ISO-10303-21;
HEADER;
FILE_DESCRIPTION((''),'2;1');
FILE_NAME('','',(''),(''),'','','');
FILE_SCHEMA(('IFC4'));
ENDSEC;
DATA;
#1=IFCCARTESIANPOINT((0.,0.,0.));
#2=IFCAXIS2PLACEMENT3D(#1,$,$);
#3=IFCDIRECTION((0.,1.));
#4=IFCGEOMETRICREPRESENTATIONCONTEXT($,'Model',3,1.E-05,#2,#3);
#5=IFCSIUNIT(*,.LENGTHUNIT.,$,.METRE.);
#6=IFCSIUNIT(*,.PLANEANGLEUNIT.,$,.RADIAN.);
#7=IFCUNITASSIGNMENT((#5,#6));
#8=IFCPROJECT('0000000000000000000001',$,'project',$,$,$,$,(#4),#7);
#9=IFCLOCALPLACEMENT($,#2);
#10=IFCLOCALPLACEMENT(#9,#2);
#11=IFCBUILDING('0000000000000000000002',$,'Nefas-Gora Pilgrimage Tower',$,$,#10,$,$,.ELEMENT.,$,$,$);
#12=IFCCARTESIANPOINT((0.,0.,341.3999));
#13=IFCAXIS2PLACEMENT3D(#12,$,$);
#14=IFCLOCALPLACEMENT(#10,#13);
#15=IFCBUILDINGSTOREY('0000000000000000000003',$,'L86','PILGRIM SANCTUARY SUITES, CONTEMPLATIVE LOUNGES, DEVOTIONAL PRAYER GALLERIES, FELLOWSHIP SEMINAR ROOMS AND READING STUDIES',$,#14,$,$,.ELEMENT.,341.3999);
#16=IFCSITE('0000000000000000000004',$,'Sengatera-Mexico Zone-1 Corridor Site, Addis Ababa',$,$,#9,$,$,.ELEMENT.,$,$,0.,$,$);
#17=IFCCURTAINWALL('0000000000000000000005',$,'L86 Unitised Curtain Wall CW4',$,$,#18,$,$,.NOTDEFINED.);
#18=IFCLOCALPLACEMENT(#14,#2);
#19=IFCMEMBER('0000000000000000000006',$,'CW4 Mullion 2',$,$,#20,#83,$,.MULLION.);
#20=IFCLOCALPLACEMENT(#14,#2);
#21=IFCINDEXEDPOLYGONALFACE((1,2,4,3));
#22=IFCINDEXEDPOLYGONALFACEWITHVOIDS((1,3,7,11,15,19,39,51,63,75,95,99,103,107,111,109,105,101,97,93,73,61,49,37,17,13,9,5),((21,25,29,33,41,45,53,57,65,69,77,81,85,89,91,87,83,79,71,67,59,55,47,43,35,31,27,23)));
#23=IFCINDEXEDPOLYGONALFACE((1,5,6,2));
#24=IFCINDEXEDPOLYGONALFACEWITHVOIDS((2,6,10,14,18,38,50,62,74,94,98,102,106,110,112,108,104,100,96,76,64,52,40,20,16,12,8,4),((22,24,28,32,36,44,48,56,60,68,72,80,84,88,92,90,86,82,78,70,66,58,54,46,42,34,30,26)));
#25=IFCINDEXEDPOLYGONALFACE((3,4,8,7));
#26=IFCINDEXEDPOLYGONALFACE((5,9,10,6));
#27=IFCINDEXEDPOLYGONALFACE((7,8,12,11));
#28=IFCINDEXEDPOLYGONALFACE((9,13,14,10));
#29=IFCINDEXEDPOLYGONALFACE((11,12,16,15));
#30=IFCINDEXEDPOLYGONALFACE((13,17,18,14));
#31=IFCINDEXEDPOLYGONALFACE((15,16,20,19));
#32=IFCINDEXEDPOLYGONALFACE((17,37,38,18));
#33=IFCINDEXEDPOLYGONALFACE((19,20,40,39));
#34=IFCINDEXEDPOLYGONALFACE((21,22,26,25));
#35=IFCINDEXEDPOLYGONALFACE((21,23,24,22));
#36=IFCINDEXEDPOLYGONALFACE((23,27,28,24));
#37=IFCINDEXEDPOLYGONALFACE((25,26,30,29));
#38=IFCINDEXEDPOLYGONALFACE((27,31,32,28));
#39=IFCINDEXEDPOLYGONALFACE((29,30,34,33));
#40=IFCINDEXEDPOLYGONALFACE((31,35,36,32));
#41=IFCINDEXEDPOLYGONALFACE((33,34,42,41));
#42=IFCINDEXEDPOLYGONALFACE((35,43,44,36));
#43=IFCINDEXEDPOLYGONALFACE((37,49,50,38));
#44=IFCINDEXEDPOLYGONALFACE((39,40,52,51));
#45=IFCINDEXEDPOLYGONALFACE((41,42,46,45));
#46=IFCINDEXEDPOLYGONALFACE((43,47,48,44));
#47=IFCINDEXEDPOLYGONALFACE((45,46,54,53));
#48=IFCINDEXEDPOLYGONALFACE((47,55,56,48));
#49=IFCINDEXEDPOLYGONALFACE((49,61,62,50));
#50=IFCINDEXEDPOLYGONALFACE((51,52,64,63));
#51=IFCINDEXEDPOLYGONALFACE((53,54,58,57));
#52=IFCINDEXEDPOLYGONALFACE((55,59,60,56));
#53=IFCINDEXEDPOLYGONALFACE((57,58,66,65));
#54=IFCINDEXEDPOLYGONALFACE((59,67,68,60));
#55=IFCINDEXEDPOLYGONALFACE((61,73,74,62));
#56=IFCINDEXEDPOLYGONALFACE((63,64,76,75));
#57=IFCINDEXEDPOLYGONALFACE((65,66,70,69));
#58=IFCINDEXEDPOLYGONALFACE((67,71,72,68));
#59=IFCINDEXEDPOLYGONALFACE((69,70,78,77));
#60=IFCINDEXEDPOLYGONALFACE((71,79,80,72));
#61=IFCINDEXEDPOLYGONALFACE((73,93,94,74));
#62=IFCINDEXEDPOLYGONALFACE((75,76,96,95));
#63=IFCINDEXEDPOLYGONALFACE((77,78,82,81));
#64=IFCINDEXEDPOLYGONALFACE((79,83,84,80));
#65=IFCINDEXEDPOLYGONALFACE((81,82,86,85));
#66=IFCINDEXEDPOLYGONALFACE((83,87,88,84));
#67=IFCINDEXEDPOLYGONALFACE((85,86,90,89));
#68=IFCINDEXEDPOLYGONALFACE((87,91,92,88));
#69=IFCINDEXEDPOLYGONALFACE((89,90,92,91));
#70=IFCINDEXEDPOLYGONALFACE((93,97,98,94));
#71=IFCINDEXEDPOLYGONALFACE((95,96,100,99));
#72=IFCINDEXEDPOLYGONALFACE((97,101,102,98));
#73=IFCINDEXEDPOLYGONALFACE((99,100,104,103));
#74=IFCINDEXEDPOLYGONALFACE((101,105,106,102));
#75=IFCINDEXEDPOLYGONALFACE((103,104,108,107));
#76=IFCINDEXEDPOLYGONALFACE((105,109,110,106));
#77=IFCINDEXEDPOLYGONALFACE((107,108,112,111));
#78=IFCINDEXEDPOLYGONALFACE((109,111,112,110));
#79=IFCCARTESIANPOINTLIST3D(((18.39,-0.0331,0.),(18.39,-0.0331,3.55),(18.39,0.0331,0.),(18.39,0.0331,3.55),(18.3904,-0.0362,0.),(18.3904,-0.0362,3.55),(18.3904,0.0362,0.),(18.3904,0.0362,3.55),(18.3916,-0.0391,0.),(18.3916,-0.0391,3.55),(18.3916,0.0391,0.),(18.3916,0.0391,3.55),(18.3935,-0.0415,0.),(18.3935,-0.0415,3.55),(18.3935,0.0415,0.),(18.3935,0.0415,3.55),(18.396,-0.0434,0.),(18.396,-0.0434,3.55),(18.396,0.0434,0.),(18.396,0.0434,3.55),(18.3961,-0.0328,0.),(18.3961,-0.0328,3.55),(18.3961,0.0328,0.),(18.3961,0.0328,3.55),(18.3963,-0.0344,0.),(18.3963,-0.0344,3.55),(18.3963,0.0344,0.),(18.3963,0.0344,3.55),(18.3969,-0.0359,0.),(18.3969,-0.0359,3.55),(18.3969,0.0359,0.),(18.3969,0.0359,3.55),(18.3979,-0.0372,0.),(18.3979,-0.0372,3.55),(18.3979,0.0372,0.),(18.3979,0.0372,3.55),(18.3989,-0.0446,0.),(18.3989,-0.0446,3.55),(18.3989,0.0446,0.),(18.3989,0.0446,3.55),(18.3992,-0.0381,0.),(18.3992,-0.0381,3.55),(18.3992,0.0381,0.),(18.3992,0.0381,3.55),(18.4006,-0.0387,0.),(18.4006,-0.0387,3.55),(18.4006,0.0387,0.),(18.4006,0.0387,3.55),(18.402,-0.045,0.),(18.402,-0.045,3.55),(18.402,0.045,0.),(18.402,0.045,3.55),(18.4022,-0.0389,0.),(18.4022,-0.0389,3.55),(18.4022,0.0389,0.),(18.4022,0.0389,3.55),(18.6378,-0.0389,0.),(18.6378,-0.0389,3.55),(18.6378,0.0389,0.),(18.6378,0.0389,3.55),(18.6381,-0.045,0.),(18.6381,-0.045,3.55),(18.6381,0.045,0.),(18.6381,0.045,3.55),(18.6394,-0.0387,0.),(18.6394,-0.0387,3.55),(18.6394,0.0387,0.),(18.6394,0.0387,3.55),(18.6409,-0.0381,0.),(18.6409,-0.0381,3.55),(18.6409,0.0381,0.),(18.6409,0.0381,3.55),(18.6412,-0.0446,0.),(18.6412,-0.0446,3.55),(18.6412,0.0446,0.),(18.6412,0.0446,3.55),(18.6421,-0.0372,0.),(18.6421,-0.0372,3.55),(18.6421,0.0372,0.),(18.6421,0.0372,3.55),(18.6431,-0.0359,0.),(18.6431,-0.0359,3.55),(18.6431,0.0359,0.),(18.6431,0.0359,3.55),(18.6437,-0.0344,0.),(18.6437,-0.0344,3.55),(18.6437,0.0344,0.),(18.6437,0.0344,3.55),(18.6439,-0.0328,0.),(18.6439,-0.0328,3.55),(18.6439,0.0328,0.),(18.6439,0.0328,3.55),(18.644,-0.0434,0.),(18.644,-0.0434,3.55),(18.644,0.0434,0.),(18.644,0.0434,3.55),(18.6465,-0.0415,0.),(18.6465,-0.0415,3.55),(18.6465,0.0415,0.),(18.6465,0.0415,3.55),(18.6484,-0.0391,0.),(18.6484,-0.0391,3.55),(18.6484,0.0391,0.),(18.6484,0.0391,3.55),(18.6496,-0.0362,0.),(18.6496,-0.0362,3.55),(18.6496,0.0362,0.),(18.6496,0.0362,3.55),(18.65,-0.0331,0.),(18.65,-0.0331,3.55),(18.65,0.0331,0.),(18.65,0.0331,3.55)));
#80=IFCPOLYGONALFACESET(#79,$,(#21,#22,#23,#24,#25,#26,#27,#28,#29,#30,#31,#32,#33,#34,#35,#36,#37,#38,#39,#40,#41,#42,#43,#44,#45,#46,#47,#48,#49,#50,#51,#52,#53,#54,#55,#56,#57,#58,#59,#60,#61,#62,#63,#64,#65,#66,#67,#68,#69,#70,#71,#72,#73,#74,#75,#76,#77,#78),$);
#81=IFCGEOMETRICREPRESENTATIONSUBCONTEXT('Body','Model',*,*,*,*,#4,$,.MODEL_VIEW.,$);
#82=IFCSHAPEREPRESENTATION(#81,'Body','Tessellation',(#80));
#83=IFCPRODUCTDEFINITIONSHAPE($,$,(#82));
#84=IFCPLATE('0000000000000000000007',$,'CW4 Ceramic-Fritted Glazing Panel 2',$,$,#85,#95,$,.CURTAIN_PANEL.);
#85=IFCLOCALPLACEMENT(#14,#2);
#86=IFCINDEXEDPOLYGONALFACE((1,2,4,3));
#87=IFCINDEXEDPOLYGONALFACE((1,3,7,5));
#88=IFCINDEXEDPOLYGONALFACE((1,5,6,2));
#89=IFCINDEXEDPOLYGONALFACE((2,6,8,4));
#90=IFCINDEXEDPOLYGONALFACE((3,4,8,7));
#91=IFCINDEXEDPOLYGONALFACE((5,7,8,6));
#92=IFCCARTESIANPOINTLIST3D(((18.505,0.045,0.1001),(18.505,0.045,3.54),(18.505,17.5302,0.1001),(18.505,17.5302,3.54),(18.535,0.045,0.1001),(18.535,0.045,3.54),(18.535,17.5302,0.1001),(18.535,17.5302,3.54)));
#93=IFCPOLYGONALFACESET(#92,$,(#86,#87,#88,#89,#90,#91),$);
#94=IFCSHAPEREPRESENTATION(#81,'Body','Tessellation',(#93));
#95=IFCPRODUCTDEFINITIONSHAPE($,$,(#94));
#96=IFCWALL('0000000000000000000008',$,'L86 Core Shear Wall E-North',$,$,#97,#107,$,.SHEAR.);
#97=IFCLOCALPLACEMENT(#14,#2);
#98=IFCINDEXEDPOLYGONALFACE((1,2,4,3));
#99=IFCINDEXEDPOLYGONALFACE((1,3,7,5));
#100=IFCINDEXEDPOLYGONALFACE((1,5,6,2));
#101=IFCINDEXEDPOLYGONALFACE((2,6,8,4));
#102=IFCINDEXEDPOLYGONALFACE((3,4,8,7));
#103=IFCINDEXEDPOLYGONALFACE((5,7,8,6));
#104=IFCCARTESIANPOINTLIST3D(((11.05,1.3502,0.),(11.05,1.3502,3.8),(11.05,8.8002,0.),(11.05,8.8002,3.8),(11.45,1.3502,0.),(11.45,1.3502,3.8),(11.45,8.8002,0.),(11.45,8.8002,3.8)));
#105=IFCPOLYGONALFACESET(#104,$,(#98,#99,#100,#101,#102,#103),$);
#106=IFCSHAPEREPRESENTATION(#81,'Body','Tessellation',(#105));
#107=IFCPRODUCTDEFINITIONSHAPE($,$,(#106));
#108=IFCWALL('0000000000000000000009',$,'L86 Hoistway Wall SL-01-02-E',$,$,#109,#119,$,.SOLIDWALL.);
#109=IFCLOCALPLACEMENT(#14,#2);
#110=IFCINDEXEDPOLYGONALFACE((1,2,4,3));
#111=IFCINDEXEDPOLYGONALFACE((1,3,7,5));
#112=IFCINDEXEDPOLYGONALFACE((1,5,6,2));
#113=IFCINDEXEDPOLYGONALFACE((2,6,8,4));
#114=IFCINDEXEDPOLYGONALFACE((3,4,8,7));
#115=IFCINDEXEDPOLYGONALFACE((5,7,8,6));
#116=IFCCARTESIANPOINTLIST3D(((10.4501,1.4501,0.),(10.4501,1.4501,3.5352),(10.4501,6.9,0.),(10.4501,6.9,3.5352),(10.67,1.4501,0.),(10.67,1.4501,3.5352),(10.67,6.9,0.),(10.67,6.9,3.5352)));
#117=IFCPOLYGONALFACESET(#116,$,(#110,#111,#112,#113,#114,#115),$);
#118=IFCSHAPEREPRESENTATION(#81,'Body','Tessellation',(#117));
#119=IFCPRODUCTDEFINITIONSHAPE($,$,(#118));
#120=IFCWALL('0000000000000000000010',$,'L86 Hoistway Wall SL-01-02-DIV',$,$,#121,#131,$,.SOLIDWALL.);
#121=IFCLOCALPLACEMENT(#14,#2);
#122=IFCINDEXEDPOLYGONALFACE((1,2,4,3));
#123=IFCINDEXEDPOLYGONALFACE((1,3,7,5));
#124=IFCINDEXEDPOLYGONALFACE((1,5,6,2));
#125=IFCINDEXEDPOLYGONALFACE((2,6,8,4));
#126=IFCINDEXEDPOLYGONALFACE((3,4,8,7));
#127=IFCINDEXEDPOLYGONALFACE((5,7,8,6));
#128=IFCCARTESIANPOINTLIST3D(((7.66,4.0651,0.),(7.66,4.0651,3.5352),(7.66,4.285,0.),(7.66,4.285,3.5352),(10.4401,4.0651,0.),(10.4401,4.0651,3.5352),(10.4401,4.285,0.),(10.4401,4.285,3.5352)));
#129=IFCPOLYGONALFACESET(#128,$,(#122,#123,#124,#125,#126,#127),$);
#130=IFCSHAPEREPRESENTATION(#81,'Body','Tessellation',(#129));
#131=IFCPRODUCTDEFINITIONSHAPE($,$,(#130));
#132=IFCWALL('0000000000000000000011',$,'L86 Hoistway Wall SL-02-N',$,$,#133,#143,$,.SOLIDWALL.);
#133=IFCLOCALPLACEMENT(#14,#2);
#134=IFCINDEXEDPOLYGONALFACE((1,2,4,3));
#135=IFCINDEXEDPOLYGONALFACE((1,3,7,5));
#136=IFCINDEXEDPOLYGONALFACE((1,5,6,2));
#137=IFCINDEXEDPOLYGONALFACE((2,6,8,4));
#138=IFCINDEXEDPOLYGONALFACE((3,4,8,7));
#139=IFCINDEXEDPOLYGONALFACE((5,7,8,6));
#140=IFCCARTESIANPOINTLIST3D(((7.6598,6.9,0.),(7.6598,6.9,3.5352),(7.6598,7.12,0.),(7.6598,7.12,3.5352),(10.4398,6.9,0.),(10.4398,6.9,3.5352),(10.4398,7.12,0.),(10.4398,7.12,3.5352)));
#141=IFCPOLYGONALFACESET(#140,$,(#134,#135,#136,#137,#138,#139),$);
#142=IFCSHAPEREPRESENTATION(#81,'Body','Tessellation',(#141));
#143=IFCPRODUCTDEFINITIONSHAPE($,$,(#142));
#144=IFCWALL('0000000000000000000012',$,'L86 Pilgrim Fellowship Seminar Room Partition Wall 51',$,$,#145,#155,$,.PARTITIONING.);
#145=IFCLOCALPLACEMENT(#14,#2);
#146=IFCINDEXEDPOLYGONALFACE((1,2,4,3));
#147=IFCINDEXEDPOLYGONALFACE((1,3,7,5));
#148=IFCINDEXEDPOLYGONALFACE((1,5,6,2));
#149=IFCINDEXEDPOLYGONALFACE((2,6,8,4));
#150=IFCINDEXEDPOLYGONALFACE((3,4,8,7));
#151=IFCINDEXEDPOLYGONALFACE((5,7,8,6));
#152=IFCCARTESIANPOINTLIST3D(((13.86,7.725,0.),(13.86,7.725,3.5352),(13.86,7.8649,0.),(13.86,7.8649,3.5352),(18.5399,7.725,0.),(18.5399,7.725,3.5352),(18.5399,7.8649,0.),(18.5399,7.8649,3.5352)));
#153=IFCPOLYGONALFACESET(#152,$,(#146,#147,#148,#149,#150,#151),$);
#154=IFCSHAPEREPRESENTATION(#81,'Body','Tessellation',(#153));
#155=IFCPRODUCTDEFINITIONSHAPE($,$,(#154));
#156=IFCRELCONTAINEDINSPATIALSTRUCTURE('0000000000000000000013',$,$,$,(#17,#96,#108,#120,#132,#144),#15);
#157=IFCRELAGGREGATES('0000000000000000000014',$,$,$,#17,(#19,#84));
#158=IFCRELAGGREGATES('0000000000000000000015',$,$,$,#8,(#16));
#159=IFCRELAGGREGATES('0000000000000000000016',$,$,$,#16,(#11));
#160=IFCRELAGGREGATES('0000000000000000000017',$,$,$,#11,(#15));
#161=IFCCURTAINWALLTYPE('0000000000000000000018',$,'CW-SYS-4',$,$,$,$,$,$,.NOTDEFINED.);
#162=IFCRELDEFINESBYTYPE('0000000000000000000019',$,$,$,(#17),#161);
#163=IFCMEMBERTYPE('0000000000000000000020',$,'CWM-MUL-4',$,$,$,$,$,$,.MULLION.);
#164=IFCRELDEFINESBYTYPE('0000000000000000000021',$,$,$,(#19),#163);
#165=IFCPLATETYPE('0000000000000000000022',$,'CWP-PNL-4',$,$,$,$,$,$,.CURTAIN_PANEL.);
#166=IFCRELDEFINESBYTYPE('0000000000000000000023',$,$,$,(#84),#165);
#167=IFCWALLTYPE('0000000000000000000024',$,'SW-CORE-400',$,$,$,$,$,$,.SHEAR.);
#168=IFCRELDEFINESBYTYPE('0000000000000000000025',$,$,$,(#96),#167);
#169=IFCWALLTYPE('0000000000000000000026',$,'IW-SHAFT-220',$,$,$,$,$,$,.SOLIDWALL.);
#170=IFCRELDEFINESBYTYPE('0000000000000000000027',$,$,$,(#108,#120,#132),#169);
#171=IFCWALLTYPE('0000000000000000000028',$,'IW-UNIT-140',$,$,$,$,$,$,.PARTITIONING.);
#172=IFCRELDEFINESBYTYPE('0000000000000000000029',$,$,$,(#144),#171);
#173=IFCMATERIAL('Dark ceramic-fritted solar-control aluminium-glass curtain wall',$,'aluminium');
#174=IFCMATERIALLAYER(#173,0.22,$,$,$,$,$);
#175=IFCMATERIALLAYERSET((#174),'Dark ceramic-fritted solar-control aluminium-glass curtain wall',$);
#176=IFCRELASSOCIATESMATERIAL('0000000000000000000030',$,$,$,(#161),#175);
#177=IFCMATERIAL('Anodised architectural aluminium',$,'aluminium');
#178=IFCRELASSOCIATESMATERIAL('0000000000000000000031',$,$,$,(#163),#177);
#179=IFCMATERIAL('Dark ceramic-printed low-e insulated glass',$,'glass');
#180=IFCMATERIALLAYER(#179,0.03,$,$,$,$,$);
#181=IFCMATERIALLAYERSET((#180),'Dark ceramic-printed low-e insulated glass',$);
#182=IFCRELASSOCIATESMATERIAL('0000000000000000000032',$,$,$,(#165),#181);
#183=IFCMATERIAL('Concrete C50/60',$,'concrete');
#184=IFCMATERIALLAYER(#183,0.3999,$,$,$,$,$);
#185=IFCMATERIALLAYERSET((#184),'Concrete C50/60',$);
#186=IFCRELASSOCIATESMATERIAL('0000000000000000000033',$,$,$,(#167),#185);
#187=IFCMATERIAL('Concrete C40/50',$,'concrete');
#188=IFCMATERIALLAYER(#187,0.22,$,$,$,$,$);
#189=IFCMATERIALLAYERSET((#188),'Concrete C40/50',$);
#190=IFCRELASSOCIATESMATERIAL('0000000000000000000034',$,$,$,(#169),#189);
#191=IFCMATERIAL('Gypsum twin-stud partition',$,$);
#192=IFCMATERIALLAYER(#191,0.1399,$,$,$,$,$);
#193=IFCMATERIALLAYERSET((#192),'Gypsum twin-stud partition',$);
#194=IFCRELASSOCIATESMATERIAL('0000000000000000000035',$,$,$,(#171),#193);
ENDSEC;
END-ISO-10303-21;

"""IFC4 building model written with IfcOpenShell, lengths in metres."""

from ifc_helpers import new_model, si_unit, direction, frame, frame_2d, origin, origin_2d, place, context, subcontext, project, spatial, rectangle, hollow_rectangle, extrude, source, transform, mapped, material, layer, layer_set, material_profile, profile_set, type_object, element, aggregate, save


model = new_model("IFC4")

# Units and contexts
model_context = context("Model", 3, precision=1e-05, world=origin(), true_north=direction((0.0, 1.0)))
body_context = subcontext(model_context, "Body", "Model", "MODEL_VIEW")
ifc_project = project(units=[si_unit("LENGTHUNIT", "METRE"), si_unit("PLANEANGLEUNIT", "RADIAN")], contexts=[model_context])

# Site, building, storey
site_placement = place(None, origin())
site = spatial("IfcSite", under=ifc_project, at=site_placement, Name="Sengatera-Mexico Zone-1 Corridor Site, Addis Ababa", CompositionType="ELEMENT", RefElevation=0.0)
building_placement = place(site_placement, origin())
building = spatial("IfcBuilding", under=site, at=building_placement, Name="Nefas-Gora Pilgrimage Tower", CompositionType="ELEMENT")
storey_placement = place(building_placement, frame((0.0, 0.0, 341.3999)))
storey = spatial("IfcBuildingStorey", under=building, at=storey_placement, Name="L86", Description="PILGRIM SANCTUARY SUITES, CONTEMPLATIVE LOUNGES, DEVOTIONAL PRAYER GALLERIES, FELLOWSHIP SEMINAR ROOMS AND READING STUDIES", CompositionType="ELEMENT", Elevation=341.3999)

# Shared definitions
ifc_material_1 = material(Name="Concrete C50/60", Category="concrete")

# Curtain wall, member, plate
ifc_material_2 = material(Name="Dark ceramic-fritted solar-control aluminium-glass curtain wall", Category="aluminium")
ifc_layer_1 = layer(ifc_material_2, 0.22)
ifc_layer_set_1 = layer_set([ifc_layer_1], Name="Dark ceramic-fritted solar-control aluminium-glass curtain wall")
curtain_wall_type = type_object("IfcCurtainWallType", Name="CW-SYS-4", PredefinedType="NOTDEFINED", material=ifc_layer_set_1)
curtain_wall_placement = place(storey_placement, origin())
curtain_wall = element("IfcCurtainWall", 1, at=curtain_wall_placement, inside=storey, type_object=curtain_wall_type, Name="L86 Unitised Curtain Wall CW4", PredefinedType="NOTDEFINED")
ifc_material_3 = material(Name="Anodised architectural aluminium", Category="aluminium")
ifc_material_profile_1 = material_profile(ifc_material_3, hollow_rectangle(XDim=0.0901, YDim=0.26, WallThickness=0.0061, InnerFilletRadius=0.0061, OuterFilletRadius=0.012, at=origin_2d()), Name="ALU MULLION 90x260")
ifc_profile_set_1 = profile_set([ifc_material_profile_1], Name="Anodised architectural aluminium")
member_type = type_object("IfcMemberType", Name="CWM-MUL-4", PredefinedType="MULLION", material=ifc_profile_set_1)
shared_shape_1 = source(origin(), body_context, "Body", "SweptSolid", [
    extrude(hollow_rectangle(XDim=0.0901, YDim=0.26, WallThickness=0.0061, InnerFilletRadius=0.0061, OuterFilletRadius=0.012, at=origin_2d()), origin(), (0.0, 0.0, 1.0), 3.55),
])
member_placement = place(storey_placement, frame((18.52, 0.0, 0.0), z_axis=(0.0, 0.0, 1.0), x_axis=(0.0, 1.0, 0.0)))
member = element("IfcMember", 2, at=member_placement, type_object=member_type, Name="CW4 Mullion 2", PredefinedType="MULLION", context=body_context, shape_type="MappedRepresentation", body=[
    mapped(shared_shape_1, transform((0.0, 0.0, 0.0), x_axis=(1.0, 0.0, 0.0), y_axis=(0.0, 1.0, 0.0), z_axis=(0.0, 0.0, 1.0), scale=1.0)),
])
ifc_material_4 = material(Name="Dark ceramic-printed low-e insulated glass", Category="glass")
ifc_layer_2 = layer(ifc_material_4, 0.03)
ifc_layer_set_2 = layer_set([ifc_layer_2], Name="Dark ceramic-printed low-e insulated glass")
plate_type = type_object("IfcPlateType", Name="CWP-PNL-4", PredefinedType="CURTAIN_PANEL", material=ifc_layer_set_2)
shared_shape_2 = source(origin(), body_context, "Body", "SweptSolid", [
    extrude(rectangle(XDim=17.4851, YDim=0.03, at=origin_2d()), origin(), (0.0, 0.0, 1.0), 3.4399),
])
plate_placement = place(storey_placement, frame((18.52, 8.7876, 0.1001), z_axis=(0.0, 0.0, 1.0), x_axis=(0.0, 1.0, 0.0)))
plate = element("IfcPlate", 3, at=plate_placement, type_object=plate_type, Name="CW4 Ceramic-Fritted Glazing Panel 2", PredefinedType="CURTAIN_PANEL", context=body_context, shape_type="MappedRepresentation", body=[
    mapped(shared_shape_2, transform((0.0, 0.0, 0.0), x_axis=(1.0, 0.0, 0.0), y_axis=(0.0, 1.0, 0.0), z_axis=(0.0, 0.0, 1.0), scale=1.0)),
])
aggregate(curtain_wall, [member, plate])

# Walls
ifc_layer_3 = layer(ifc_material_1, 0.3999)
ifc_layer_set_3 = layer_set([ifc_layer_3], Name="Concrete C50/60")
wall_type_1 = type_object("IfcWallType", Name="SW-CORE-400", PredefinedType="SHEAR", material=ifc_layer_set_3)
shared_shape_3 = source(origin(), body_context, "Body", "SweptSolid", [
    extrude(rectangle(XDim=7.45, YDim=0.3999, at=frame_2d((3.7251, 0.0))), origin(), (0.0, 0.0, 1.0), 3.8),
])
wall_1_placement = place(storey_placement, frame((11.25, 1.3501, 0.0), z_axis=(0.0, 0.0, 1.0), x_axis=(0.0, 1.0, 0.0)))
element("IfcWall", 4, at=wall_1_placement, inside=storey, type_object=wall_type_1, Name="L86 Core Shear Wall E-North", PredefinedType="SHEAR", context=body_context, shape_type="MappedRepresentation", body=[
    mapped(shared_shape_3, transform((0.0, 0.0, 0.0), x_axis=(1.0, 0.0, 0.0), y_axis=(0.0, 1.0, 0.0), z_axis=(0.0, 0.0, 1.0), scale=1.0)),
])
ifc_material_5 = material(Name="Concrete C40/50", Category="concrete")
ifc_layer_4 = layer(ifc_material_5, 0.22)
ifc_layer_set_4 = layer_set([ifc_layer_4], Name="Concrete C40/50")
wall_type_2 = type_object("IfcWallType", Name="IW-SHAFT-220", PredefinedType="SOLIDWALL", material=ifc_layer_set_4)
shared_shape_4 = source(origin(), body_context, "Body", "SweptSolid", [
    extrude(rectangle(XDim=5.45, YDim=0.22, at=frame_2d((2.7251, 0.0))), origin(), (0.0, 0.0, 1.0), 3.5352),
])
wall_2_placement = place(storey_placement, frame((10.5601, 1.45, 0.0), z_axis=(0.0, 0.0, 1.0), x_axis=(0.0, 1.0, 0.0)))
element("IfcWall", 5, at=wall_2_placement, inside=storey, type_object=wall_type_2, Name="L86 Hoistway Wall SL-01-02-E", PredefinedType="SOLIDWALL", context=body_context, shape_type="MappedRepresentation", body=[
    mapped(shared_shape_4, transform((0.0, 0.0, 0.0), x_axis=(1.0, 0.0, 0.0), y_axis=(0.0, 1.0, 0.0), z_axis=(0.0, 0.0, 1.0), scale=1.0)),
])
shared_shape_5 = source(origin(), body_context, "Body", "SweptSolid", [
    extrude(rectangle(XDim=2.78, YDim=0.22, at=frame_2d((1.3901, 0.0))), origin(), (0.0, 0.0, 1.0), 3.5352),
])
for number, where, z_axis, x_axis, name in (
    (6, (7.6599, 4.175, 0.0), (0.0, 0.0, 1.0), (1.0, 0.0, 0.0), "L86 Hoistway Wall SL-01-02-DIV"),
    (7, (10.4399, 7.01, 0.0), (0.0, 0.0, 1.0), (-1.0, 0.0, 0.0), "L86 Hoistway Wall SL-02-N"),
):
    element("IfcWall", number, at=place(storey_placement, frame(where, z_axis=z_axis, x_axis=x_axis)), inside=storey, type_object=wall_type_2, Name=name, PredefinedType="SOLIDWALL", context=body_context, shape_type="MappedRepresentation", body=[
        mapped(shared_shape_5, transform((0.0, 0.0, 0.0), x_axis=(1.0, 0.0, 0.0), y_axis=(0.0, 1.0, 0.0), z_axis=(0.0, 0.0, 1.0), scale=1.0)),
    ])
ifc_material_6 = material(Name="Gypsum twin-stud partition")
ifc_layer_5 = layer(ifc_material_6, 0.1399)
ifc_layer_set_5 = layer_set([ifc_layer_5], Name="Gypsum twin-stud partition")
wall_type_3 = type_object("IfcWallType", Name="IW-UNIT-140", PredefinedType="PARTITIONING", material=ifc_layer_set_5)
shared_shape_6 = source(origin(), body_context, "Body", "SweptSolid", [
    extrude(rectangle(XDim=4.6799, YDim=0.1399, at=frame_2d((2.3398, 0.0))), origin(), (0.0, 0.0, 1.0), 3.5352),
])
wall_3_placement = place(storey_placement, frame((13.8601, 7.7949, 0.0), z_axis=(0.0, 0.0, 1.0), x_axis=(1.0, 0.0, 0.0)))
element("IfcWall", 8, at=wall_3_placement, inside=storey, type_object=wall_type_3, Name="L86 Pilgrim Fellowship Seminar Room Partition Wall 51", PredefinedType="PARTITIONING", context=body_context, shape_type="MappedRepresentation", body=[
    mapped(shared_shape_6, transform((0.0, 0.0, 0.0), x_axis=(1.0, 0.0, 0.0), y_axis=(0.0, 1.0, 0.0), z_axis=(0.0, 0.0, 1.0), scale=1.0)),
])

save(model, "model.ifc")
